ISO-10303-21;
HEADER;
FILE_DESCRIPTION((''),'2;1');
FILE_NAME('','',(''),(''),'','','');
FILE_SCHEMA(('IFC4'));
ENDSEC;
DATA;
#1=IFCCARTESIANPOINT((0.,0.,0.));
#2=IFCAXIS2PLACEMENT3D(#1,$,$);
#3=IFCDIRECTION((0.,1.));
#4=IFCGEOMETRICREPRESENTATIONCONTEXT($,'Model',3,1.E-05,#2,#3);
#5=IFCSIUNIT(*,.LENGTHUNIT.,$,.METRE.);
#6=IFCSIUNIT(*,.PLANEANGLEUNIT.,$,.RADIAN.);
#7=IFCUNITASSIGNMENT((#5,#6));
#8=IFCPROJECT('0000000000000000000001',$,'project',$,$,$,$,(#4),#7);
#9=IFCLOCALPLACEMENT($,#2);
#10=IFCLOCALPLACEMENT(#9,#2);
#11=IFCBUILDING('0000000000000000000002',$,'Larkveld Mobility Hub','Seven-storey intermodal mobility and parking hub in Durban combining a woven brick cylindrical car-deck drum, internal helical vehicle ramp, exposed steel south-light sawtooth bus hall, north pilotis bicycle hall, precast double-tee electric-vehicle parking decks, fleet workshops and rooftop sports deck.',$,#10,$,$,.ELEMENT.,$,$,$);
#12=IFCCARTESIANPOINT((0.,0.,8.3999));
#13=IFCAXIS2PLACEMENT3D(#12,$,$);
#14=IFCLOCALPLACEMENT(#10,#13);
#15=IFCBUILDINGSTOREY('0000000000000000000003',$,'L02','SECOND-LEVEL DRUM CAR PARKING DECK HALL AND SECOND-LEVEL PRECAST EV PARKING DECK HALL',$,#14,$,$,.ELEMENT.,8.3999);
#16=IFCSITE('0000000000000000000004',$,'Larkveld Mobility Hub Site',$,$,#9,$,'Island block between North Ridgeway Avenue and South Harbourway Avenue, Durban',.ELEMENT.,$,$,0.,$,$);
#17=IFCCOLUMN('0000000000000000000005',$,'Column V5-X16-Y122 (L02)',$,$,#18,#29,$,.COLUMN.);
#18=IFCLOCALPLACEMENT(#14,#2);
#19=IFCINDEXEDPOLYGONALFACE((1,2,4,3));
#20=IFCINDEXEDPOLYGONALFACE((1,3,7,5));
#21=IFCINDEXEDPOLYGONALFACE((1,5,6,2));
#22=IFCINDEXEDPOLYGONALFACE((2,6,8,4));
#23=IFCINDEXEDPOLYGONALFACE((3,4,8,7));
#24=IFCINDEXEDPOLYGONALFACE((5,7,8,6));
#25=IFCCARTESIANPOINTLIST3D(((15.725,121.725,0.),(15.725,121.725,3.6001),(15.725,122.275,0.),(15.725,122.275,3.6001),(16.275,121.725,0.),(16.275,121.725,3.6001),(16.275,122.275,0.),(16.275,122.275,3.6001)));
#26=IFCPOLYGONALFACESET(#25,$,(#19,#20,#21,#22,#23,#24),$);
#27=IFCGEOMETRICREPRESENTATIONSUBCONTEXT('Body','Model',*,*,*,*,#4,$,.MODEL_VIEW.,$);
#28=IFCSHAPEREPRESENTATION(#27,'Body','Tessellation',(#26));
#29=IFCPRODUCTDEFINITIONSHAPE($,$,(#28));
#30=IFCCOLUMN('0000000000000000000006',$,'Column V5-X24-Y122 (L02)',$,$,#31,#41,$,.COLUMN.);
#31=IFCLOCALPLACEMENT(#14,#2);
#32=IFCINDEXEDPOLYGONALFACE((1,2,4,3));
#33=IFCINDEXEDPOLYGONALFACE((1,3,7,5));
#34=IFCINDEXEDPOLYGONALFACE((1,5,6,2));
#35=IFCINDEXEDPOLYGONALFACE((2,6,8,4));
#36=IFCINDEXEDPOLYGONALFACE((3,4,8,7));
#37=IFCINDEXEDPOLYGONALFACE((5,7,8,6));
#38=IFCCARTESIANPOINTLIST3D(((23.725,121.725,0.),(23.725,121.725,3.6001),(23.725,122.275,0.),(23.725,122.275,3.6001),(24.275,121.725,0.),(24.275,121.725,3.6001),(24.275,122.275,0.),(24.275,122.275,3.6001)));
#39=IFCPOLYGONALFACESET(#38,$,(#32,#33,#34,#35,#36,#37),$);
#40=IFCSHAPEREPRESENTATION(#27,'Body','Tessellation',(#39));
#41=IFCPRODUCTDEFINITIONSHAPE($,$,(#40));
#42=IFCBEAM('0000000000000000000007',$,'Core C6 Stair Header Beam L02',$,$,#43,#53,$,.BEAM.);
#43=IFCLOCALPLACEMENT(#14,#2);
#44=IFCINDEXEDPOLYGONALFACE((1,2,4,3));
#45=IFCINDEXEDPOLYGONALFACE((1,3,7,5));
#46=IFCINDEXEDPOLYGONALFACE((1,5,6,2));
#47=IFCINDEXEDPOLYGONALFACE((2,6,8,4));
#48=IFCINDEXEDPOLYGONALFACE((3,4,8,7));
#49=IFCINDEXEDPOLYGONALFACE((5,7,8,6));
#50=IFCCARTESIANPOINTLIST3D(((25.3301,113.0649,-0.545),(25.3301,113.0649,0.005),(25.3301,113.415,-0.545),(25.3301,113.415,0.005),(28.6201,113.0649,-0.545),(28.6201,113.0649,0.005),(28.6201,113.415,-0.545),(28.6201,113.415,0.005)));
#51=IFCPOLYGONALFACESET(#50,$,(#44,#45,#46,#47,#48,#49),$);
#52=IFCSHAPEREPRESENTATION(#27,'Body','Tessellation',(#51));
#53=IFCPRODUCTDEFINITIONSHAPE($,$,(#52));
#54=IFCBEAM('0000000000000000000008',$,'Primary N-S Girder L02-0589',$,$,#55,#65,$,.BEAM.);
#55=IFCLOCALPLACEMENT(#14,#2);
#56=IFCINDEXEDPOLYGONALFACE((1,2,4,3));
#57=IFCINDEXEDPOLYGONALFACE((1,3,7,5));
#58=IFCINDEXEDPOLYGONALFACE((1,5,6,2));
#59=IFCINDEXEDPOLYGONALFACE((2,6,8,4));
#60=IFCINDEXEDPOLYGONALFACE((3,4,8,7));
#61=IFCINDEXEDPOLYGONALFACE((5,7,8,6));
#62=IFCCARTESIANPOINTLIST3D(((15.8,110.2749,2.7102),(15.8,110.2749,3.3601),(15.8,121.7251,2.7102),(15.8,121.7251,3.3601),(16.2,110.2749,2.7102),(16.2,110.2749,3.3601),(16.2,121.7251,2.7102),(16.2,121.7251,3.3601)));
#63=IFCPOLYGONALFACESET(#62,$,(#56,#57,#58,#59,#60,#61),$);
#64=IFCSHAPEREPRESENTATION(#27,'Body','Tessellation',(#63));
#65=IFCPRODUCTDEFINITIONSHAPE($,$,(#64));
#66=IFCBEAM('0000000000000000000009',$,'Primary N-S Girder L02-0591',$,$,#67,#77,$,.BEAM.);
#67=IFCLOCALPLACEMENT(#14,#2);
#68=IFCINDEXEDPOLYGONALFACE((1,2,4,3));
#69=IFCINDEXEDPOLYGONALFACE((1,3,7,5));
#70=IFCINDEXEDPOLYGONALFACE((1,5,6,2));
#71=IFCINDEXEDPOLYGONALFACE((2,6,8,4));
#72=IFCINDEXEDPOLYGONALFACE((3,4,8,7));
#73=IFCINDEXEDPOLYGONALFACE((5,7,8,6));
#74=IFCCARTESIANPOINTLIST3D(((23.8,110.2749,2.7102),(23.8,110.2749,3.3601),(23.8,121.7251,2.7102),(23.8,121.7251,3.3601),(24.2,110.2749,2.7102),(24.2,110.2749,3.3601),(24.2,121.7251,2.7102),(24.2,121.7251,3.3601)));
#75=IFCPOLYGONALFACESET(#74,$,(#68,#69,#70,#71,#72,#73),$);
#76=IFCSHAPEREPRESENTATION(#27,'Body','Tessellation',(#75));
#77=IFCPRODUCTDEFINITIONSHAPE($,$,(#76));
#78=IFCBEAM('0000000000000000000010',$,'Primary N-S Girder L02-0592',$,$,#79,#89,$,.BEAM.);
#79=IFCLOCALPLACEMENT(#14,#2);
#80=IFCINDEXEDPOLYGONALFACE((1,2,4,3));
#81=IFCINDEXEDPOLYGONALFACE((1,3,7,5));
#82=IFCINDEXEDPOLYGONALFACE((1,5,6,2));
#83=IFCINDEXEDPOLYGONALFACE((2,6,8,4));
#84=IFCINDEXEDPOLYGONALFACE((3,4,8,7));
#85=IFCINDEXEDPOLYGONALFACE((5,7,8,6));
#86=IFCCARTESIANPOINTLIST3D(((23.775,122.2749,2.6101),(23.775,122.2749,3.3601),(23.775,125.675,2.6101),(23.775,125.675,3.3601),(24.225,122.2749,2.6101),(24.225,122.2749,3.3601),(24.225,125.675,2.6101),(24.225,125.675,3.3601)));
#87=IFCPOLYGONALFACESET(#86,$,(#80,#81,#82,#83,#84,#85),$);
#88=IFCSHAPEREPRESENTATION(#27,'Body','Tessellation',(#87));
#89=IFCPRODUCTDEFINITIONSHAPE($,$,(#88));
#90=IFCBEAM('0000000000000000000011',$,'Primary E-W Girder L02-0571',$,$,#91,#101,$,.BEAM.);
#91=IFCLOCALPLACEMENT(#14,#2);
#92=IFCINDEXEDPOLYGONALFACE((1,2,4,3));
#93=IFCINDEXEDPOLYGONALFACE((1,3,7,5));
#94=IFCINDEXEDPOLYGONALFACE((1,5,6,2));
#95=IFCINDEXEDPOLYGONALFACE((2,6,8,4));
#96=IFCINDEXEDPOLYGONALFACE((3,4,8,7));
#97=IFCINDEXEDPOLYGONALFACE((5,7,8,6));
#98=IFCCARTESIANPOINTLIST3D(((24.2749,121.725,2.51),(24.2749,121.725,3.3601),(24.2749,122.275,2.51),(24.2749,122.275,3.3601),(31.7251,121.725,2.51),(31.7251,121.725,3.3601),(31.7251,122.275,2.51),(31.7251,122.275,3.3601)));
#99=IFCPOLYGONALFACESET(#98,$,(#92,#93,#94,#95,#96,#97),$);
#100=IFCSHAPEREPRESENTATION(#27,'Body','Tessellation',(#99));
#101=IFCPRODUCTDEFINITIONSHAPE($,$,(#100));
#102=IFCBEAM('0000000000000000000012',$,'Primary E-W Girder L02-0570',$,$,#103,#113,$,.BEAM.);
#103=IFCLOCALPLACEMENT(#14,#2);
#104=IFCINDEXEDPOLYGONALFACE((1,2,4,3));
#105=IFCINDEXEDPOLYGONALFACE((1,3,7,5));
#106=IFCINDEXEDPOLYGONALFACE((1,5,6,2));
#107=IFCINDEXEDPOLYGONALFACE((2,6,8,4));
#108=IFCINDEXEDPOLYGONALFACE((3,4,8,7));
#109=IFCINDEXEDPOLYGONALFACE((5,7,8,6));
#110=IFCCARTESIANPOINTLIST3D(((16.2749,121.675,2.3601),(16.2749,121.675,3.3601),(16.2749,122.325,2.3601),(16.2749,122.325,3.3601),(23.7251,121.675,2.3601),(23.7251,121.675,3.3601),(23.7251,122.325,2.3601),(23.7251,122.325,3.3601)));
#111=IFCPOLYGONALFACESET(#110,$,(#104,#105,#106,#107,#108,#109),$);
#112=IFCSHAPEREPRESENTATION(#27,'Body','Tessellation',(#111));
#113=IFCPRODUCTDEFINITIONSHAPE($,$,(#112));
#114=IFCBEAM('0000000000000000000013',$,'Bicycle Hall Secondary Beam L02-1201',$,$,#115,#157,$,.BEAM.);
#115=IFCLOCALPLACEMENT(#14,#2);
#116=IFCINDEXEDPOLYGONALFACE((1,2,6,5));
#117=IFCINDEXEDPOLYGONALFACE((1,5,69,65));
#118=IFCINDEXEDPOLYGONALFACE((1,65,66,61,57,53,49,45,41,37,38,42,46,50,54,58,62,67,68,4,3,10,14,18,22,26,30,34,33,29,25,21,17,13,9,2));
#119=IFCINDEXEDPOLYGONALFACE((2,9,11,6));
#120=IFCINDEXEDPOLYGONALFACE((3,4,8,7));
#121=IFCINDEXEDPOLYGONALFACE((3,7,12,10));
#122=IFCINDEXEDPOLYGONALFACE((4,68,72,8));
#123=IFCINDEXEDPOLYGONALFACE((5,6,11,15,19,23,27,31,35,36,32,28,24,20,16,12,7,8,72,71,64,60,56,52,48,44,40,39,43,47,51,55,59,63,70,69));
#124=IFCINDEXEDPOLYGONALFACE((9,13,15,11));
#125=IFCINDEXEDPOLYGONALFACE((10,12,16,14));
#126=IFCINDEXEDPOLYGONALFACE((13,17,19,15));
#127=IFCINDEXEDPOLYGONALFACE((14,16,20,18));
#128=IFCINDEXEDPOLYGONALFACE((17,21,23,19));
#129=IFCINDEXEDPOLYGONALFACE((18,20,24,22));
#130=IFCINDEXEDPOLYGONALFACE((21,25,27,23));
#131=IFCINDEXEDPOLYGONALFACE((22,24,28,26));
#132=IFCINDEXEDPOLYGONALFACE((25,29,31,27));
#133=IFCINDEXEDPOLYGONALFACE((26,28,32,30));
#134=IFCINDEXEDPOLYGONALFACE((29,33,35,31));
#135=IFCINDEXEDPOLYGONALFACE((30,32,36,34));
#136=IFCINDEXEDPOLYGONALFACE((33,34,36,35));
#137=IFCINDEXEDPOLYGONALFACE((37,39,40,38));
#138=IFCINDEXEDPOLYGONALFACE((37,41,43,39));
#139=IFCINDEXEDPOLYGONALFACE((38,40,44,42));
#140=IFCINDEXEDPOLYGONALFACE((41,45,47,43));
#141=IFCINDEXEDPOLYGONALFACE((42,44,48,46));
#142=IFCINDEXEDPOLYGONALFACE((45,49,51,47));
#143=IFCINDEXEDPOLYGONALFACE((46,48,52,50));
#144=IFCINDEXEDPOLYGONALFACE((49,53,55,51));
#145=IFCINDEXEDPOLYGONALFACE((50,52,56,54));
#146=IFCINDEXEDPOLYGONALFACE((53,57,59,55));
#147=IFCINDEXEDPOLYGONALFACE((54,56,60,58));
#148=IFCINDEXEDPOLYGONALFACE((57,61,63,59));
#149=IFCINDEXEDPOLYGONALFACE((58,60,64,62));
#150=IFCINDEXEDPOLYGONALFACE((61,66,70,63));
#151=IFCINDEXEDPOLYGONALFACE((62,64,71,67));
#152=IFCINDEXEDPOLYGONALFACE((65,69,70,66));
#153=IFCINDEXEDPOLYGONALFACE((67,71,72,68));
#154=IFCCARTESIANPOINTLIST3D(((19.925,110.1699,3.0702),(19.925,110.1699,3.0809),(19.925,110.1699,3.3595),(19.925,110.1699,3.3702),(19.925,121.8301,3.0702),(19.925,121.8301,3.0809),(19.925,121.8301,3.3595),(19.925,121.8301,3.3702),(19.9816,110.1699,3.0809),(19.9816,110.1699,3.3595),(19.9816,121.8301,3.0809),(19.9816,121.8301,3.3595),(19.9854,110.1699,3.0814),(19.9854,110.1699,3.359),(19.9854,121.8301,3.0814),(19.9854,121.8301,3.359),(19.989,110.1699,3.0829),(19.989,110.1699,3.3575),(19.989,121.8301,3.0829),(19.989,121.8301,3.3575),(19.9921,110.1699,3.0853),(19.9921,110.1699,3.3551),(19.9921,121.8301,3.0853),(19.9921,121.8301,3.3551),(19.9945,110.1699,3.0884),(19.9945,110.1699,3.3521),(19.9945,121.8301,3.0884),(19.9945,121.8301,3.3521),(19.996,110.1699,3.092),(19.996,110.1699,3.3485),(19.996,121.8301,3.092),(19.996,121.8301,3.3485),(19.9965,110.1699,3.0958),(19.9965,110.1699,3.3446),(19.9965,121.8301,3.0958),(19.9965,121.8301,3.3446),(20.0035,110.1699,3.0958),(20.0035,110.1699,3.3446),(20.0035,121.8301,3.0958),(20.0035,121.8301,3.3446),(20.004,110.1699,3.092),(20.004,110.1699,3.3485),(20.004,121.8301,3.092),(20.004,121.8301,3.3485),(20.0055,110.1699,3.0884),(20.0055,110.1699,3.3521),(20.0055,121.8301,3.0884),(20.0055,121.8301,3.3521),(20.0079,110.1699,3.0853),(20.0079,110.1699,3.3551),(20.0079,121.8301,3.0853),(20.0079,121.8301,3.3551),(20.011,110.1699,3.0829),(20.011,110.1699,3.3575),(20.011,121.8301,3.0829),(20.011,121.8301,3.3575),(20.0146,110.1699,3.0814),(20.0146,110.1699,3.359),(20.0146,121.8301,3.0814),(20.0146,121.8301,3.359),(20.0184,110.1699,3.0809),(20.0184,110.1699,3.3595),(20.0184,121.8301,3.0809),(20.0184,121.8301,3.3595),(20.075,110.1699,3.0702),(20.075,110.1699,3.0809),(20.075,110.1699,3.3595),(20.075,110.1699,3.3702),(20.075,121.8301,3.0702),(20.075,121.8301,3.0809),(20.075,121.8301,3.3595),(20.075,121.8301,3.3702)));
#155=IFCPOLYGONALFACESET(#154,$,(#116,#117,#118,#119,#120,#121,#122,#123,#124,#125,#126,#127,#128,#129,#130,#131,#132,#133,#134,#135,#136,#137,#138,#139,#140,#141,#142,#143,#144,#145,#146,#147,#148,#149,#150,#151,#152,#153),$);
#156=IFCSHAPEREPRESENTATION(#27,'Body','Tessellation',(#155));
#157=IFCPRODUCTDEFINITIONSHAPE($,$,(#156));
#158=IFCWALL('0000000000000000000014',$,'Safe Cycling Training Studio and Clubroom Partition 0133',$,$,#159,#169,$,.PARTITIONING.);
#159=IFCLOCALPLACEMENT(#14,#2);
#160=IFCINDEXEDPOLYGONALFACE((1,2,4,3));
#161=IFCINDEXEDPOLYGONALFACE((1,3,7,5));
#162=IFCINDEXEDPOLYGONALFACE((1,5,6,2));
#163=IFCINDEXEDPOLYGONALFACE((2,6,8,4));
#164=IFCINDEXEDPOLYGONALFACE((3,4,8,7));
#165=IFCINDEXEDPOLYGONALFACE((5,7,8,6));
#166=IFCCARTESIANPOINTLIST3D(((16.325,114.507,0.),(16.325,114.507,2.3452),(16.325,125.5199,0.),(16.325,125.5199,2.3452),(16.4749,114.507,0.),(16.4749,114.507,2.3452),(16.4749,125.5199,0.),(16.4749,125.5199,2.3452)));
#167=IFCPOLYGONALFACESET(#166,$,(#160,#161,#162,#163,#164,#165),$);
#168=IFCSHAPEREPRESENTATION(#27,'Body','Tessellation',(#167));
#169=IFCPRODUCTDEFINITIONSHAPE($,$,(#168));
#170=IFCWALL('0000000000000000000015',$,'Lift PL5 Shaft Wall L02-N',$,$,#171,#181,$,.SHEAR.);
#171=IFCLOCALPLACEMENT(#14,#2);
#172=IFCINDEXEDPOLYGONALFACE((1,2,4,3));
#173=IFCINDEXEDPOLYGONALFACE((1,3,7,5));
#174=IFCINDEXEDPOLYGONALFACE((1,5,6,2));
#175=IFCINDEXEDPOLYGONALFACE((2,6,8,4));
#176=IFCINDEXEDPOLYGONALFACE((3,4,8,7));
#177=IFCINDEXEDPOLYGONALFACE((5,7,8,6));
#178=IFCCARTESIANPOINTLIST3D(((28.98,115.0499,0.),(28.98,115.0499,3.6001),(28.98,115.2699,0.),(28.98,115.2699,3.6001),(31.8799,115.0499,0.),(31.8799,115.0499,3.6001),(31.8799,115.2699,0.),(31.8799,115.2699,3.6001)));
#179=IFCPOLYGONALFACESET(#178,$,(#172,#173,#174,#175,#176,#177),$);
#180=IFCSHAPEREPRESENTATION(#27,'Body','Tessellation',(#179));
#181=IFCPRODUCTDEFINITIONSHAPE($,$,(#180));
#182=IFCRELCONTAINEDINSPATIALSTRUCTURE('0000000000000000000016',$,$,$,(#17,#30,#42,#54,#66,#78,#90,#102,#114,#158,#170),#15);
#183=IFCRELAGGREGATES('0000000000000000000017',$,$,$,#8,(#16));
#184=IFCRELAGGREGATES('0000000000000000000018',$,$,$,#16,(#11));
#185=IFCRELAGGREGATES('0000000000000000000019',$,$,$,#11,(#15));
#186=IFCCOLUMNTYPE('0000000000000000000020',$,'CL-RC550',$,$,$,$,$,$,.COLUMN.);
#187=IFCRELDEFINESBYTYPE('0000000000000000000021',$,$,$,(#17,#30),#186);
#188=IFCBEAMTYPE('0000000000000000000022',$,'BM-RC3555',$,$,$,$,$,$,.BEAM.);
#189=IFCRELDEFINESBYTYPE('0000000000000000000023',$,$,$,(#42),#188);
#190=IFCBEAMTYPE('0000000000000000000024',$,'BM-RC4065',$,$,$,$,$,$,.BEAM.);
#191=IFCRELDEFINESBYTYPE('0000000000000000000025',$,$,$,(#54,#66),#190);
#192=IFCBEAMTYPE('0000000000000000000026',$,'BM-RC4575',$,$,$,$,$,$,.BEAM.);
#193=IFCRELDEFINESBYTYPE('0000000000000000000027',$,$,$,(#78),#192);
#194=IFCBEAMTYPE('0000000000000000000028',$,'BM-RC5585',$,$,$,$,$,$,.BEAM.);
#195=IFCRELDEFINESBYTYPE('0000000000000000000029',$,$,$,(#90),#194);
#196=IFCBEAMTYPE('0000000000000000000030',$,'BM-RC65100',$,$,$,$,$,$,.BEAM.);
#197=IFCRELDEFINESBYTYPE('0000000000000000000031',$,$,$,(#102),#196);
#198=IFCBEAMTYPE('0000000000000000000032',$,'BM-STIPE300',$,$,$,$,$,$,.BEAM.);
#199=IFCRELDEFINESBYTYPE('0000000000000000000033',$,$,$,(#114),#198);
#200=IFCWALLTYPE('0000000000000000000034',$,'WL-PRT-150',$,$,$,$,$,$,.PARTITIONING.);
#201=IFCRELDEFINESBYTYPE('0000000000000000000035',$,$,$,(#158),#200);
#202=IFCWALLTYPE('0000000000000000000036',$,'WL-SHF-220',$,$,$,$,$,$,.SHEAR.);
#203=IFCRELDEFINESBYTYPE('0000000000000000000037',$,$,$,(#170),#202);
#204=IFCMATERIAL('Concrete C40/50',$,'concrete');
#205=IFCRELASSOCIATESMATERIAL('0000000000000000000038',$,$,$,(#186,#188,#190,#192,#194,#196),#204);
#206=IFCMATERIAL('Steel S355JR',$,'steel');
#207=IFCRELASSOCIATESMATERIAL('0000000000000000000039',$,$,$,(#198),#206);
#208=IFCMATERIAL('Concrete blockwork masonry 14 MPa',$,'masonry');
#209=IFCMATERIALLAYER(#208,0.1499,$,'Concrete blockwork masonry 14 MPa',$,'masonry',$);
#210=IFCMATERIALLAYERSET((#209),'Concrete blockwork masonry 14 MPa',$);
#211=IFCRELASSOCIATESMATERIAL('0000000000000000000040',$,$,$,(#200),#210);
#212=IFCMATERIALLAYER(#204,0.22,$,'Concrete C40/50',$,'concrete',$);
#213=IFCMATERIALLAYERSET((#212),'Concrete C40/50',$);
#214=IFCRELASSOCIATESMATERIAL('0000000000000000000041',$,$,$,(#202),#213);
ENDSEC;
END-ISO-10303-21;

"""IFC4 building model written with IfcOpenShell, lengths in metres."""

from ifc_helpers import new_model, si_unit, direction, frame, frame_2d, origin, origin_2d, place, context, subcontext, project, spatial, rectangle, i_section, extrude, material, layer, layer_set, material_profile, profile_set, type_object, element, save


model = new_model("IFC4")

# Units and contexts
model_context = context("Model", 3, precision=1e-05, world=origin(), true_north=direction((0.0, 1.0)))
body_context = subcontext(model_context, "Body", "Model", "MODEL_VIEW")
ifc_project = project(units=[si_unit("LENGTHUNIT", "METRE"), si_unit("PLANEANGLEUNIT", "RADIAN")], contexts=[model_context])

# Site, building, storey
site_placement = place(None, origin())
site = spatial("IfcSite", under=ifc_project, at=site_placement, Name="Larkveld Mobility Hub Site", LongName="Island block between North Ridgeway Avenue and South Harbourway Avenue, Durban", CompositionType="ELEMENT", RefElevation=0.0)
building_placement = place(site_placement, origin())
building = spatial("IfcBuilding", under=site, at=building_placement, Name="Larkveld Mobility Hub", Description="Seven-storey intermodal mobility and parking hub in Durban combining a woven brick cylindrical car-deck drum, internal helical vehicle ramp, exposed steel south-light sawtooth bus hall, north pilotis bicycle hall, precast double-tee electric-vehicle parking decks, fleet workshops and rooftop sports deck.", CompositionType="ELEMENT")
storey_placement = place(building_placement, frame((0.0, 0.0, 8.3999)))
storey = spatial("IfcBuildingStorey", under=building, at=storey_placement, Name="L02", Description="SECOND-LEVEL DRUM CAR PARKING DECK HALL AND SECOND-LEVEL PRECAST EV PARKING DECK HALL", CompositionType="ELEMENT", Elevation=8.3999)

# Columns
ifc_material_1 = material(Name="Concrete C40/50", Category="concrete")
ifc_material_profile_1 = material_profile(ifc_material_1, rectangle(XDim=0.55, YDim=0.55, at=origin_2d()), Name="RC COL 550x550")
ifc_profile_set_1 = profile_set([ifc_material_profile_1], Name="Concrete C40/50")
column_type = type_object("IfcColumnType", Name="CL-RC550", PredefinedType="COLUMN", material=ifc_profile_set_1)
for number, where, z_axis, x_axis, name in (
    (1, (16.0, 122.0, 0.0), (0.0, 0.0, 1.0), (1.0, 0.0, 0.0), "Column V5-X16-Y122 (L02)"),
    (2, (24.0, 122.0, 0.0), (0.0, 0.0, 1.0), (1.0, 0.0, 0.0), "Column V5-X24-Y122 (L02)"),
):
    element("IfcColumn", number, at=place(storey_placement, frame(where, z_axis=z_axis, x_axis=x_axis)), inside=storey, type_object=column_type, Name=name, PredefinedType="COLUMN", context=body_context, shape_type="SweptSolid", body=[
        extrude(rectangle(XDim=0.55, YDim=0.55, at=origin_2d()), origin(), (0.0, 0.0, 1.0), 3.6001),
    ])

# Beams
ifc_material_profile_2 = material_profile(ifc_material_1, rectangle(XDim=0.3501, YDim=0.55, at=origin_2d()), Name="RC BM 350x550")
ifc_profile_set_2 = profile_set([ifc_material_profile_2], Name="Concrete C40/50")
beam_type_1 = type_object("IfcBeamType", Name="BM-RC3555", PredefinedType="BEAM", material=ifc_profile_set_2)
beam_1_placement = place(storey_placement, frame((25.3301, 113.24, -0.27), z_axis=(1.0, 0.0, 0.0), x_axis=(0.0, 1.0, 0.0)))
element("IfcBeam", 3, at=beam_1_placement, inside=storey, type_object=beam_type_1, Name="Core C6 Stair Header Beam L02", PredefinedType="BEAM", context=body_context, shape_type="SweptSolid", body=[
    extrude(rectangle(XDim=0.3501, YDim=0.55, at=origin_2d()), origin(), (0.0, 0.0, 1.0), 3.29),
])
ifc_material_profile_3 = material_profile(ifc_material_1, rectangle(XDim=0.3999, YDim=0.6499, at=origin_2d()), Name="RC BM 400x650")
ifc_profile_set_3 = profile_set([ifc_material_profile_3], Name="Concrete C40/50")
beam_type_2 = type_object("IfcBeamType", Name="BM-RC4065", PredefinedType="BEAM", material=ifc_profile_set_3)
for number, where, z_axis, x_axis, name in (
    (4, (16.0, 110.2749, 3.0352), (0.0, 1.0, 0.0), (-1.0, 0.0, 0.0), "Primary N-S Girder L02-0589"),
    (5, (24.0, 110.2749, 3.0352), (0.0, 1.0, 0.0), (-1.0, 0.0, 0.0), "Primary N-S Girder L02-0591"),
):
    element("IfcBeam", number, at=place(storey_placement, frame(where, z_axis=z_axis, x_axis=x_axis)), inside=storey, type_object=beam_type_2, Name=name, PredefinedType="BEAM", context=body_context, shape_type="SweptSolid", body=[
        extrude(rectangle(XDim=0.3999, YDim=0.6499, at=origin_2d()), origin(), (0.0, 0.0, 1.0), 11.4502),
    ])
ifc_material_profile_4 = material_profile(ifc_material_1, rectangle(XDim=0.45, YDim=0.75, at=origin_2d()), Name="RC BM 450x750")
ifc_profile_set_4 = profile_set([ifc_material_profile_4], Name="Concrete C40/50")
beam_type_3 = type_object("IfcBeamType", Name="BM-RC4575", PredefinedType="BEAM", material=ifc_profile_set_4)
beam_2_placement = place(storey_placement, frame((24.0, 122.2749, 2.9851), z_axis=(0.0, 1.0, 0.0), x_axis=(-1.0, 0.0, 0.0)))
element("IfcBeam", 6, at=beam_2_placement, inside=storey, type_object=beam_type_3, Name="Primary N-S Girder L02-0592", PredefinedType="BEAM", context=body_context, shape_type="SweptSolid", body=[
    extrude(rectangle(XDim=0.45, YDim=0.75, at=origin_2d()), origin(), (0.0, 0.0, 1.0), 3.4001),
])
ifc_material_profile_5 = material_profile(ifc_material_1, rectangle(XDim=0.55, YDim=0.8501, at=origin_2d()), Name="RC BM 550x850")
ifc_profile_set_5 = profile_set([ifc_material_profile_5], Name="Concrete C40/50")
beam_type_4 = type_object("IfcBeamType", Name="BM-RC5585", PredefinedType="BEAM", material=ifc_profile_set_5)
beam_3_placement = place(storey_placement, frame((24.2749, 122.0, 2.9351), z_axis=(1.0, 0.0, 0.0), x_axis=(0.0, 1.0, 0.0)))
element("IfcBeam", 7, at=beam_3_placement, inside=storey, type_object=beam_type_4, Name="Primary E-W Girder L02-0571", PredefinedType="BEAM", context=body_context, shape_type="SweptSolid", body=[
    extrude(rectangle(XDim=0.55, YDim=0.8501, at=origin_2d()), origin(), (0.0, 0.0, 1.0), 7.4502),
])
ifc_material_profile_6 = material_profile(ifc_material_1, rectangle(XDim=0.6499, YDim=1.0, at=origin_2d()), Name="RC BM 650x1000")
ifc_profile_set_6 = profile_set([ifc_material_profile_6], Name="Concrete C40/50")
beam_type_5 = type_object("IfcBeamType", Name="BM-RC65100", PredefinedType="BEAM", material=ifc_profile_set_6)
beam_4_placement = place(storey_placement, frame((16.2749, 122.0, 2.8601), z_axis=(1.0, 0.0, 0.0), x_axis=(0.0, 1.0, 0.0)))
element("IfcBeam", 8, at=beam_4_placement, inside=storey, type_object=beam_type_5, Name="Primary E-W Girder L02-0570", PredefinedType="BEAM", context=body_context, shape_type="SweptSolid", body=[
    extrude(rectangle(XDim=0.6499, YDim=1.0, at=origin_2d()), origin(), (0.0, 0.0, 1.0), 7.4502),
])
ifc_material_2 = material(Name="Steel S355JR", Category="steel")
ifc_material_profile_7 = material_profile(ifc_material_2, i_section(OverallWidth=0.1499, OverallDepth=0.3, WebThickness=0.0071, FlangeThickness=0.0107, FilletRadius=0.0149, at=origin_2d()), Name="IPE 300")
ifc_profile_set_7 = profile_set([ifc_material_profile_7], Name="Steel S355JR")
beam_type_6 = type_object("IfcBeamType", Name="BM-STIPE300", PredefinedType="BEAM", material=ifc_profile_set_7)
beam_5_placement = place(storey_placement, frame((20.0, 110.1699, 3.2202), z_axis=(0.0, 1.0, 0.0), x_axis=(-1.0, 0.0, 0.0)))
element("IfcBeam", 9, at=beam_5_placement, inside=storey, type_object=beam_type_6, Name="Bicycle Hall Secondary Beam L02-1201", PredefinedType="BEAM", context=body_context, shape_type="SweptSolid", body=[
    extrude(i_section(OverallWidth=0.1499, OverallDepth=0.3, WebThickness=0.0071, FlangeThickness=0.0107, FilletRadius=0.0149, at=origin_2d()), origin(), (0.0, 0.0, 1.0), 11.6602),
])

# Walls
ifc_material_3 = material(Name="Concrete blockwork masonry 14 MPa", Category="masonry")
ifc_layer_1 = layer(ifc_material_3, 0.1499, Name="Concrete blockwork masonry 14 MPa", Category="masonry")
ifc_layer_set_1 = layer_set([ifc_layer_1], Name="Concrete blockwork masonry 14 MPa")
wall_type_1 = type_object("IfcWallType", Name="WL-PRT-150", PredefinedType="PARTITIONING", material=ifc_layer_set_1)
wall_1_placement = place(storey_placement, frame((16.3999, 114.5071, 0.0), z_axis=(0.0, 0.0, 1.0), x_axis=(0.0, 1.0, 0.0)))
element("IfcWall", 10, at=wall_1_placement, inside=storey, type_object=wall_type_1, Name="Safe Cycling Training Studio and Clubroom Partition 0133", PredefinedType="PARTITIONING", context=body_context, shape_type="SweptSolid", body=[
    extrude(rectangle(XDim=11.0129, YDim=0.1499, at=frame_2d((5.5063, 0.0))), origin(), (0.0, 0.0, 1.0), 2.3452),
])
ifc_layer_2 = layer(ifc_material_1, 0.22, Name="Concrete C40/50", Category="concrete")
ifc_layer_set_2 = layer_set([ifc_layer_2], Name="Concrete C40/50")
wall_type_2 = type_object("IfcWallType", Name="WL-SHF-220", PredefinedType="SHEAR", material=ifc_layer_set_2)
wall_2_placement = place(storey_placement, frame((28.98, 115.1599, 0.0), z_axis=(0.0, 0.0, 1.0), x_axis=(1.0, 0.0, 0.0)))
element("IfcWall", 11, at=wall_2_placement, inside=storey, type_object=wall_type_2, Name="Lift PL5 Shaft Wall L02-N", PredefinedType="SHEAR", context=body_context, shape_type="SweptSolid", body=[
    extrude(rectangle(XDim=2.8999, YDim=0.22, at=frame_2d((1.45, 0.0))), origin(), (0.0, 0.0, 1.0), 3.6001),
])

save(model, "model.ifc")
